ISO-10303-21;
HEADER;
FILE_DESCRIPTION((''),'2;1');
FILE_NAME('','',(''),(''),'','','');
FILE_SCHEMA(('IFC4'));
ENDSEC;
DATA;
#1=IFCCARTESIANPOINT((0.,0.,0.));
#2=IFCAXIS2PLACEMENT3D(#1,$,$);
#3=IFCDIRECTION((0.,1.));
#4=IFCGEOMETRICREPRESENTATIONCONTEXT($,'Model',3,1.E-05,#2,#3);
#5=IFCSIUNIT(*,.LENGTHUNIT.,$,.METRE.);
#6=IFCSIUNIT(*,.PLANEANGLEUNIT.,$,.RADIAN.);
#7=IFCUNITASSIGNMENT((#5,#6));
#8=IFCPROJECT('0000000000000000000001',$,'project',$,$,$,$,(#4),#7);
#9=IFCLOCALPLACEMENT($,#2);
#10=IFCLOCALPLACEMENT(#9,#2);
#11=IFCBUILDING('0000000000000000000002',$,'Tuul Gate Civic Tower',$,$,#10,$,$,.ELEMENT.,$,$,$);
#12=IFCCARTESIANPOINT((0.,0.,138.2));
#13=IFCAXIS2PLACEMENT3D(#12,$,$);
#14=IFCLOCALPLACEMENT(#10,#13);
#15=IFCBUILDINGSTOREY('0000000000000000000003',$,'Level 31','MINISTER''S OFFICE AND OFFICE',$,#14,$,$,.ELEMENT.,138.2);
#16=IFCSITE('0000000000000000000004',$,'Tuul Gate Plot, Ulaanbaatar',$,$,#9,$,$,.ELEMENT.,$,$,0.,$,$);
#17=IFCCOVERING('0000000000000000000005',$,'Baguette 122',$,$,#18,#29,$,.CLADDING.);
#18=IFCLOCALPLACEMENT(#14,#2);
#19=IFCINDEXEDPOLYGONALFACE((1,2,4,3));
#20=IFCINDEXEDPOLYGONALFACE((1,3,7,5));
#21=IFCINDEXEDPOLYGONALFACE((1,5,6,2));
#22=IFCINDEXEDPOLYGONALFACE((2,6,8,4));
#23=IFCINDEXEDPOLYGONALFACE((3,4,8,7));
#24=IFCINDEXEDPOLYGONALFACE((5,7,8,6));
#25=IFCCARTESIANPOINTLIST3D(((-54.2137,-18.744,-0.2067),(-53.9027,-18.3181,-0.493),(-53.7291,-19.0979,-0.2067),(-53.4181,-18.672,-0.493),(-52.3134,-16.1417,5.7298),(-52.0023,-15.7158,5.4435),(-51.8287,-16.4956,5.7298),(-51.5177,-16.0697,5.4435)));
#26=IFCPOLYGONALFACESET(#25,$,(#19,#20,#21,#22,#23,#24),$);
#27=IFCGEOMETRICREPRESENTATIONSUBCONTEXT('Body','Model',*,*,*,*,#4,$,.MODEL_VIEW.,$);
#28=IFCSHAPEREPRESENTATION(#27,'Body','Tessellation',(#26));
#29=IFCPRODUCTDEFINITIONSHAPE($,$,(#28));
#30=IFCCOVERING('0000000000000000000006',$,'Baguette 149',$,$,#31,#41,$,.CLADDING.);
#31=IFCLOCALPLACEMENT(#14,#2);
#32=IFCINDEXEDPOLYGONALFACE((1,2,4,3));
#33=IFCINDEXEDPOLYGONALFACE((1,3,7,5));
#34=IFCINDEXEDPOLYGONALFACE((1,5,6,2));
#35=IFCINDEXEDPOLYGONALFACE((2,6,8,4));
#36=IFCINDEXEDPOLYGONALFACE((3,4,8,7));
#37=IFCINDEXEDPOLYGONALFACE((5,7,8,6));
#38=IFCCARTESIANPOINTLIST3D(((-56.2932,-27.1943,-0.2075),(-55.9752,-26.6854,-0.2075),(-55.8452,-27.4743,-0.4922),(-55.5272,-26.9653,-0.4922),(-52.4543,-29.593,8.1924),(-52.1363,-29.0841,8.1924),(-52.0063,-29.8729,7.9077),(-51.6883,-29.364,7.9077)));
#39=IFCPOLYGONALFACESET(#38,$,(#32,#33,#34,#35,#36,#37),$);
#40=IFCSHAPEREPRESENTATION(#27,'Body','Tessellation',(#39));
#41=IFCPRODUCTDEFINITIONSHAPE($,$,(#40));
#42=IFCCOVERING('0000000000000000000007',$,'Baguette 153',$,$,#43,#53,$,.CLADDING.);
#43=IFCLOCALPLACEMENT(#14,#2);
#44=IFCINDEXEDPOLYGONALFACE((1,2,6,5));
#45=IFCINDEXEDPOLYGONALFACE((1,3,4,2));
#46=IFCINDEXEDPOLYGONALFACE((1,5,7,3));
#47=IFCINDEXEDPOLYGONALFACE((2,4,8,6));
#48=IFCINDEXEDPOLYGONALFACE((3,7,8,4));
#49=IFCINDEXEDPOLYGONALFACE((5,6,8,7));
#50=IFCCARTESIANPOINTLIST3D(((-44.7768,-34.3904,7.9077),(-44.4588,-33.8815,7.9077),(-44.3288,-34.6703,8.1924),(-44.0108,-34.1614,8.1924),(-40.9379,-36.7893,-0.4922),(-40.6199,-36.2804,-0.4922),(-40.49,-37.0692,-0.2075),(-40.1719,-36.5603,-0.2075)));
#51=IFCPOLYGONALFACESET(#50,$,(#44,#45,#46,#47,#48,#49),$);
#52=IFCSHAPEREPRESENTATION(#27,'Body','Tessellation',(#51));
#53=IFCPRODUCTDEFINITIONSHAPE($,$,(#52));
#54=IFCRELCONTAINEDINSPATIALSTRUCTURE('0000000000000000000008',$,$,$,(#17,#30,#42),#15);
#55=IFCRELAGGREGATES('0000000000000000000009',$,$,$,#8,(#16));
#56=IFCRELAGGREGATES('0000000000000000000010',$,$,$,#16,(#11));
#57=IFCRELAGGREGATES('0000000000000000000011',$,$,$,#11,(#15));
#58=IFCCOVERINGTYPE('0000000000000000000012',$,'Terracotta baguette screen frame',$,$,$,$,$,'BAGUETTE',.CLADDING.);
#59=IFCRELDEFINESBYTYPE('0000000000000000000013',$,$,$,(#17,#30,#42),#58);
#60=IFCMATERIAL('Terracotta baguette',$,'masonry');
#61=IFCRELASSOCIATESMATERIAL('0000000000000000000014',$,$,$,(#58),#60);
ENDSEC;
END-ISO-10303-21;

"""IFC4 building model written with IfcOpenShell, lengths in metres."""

from ifc_helpers import new_model, si_unit, direction, frame, origin, origin_2d, place, context, subcontext, project, spatial, rectangle, extrude, material, material_profile, profile_set, type_object, element, save


model = new_model("IFC4")

# Units and contexts
model_context = context("Model", 3, precision=1e-05, world=origin(), true_north=direction((0.0, 1.0)))
body_context = subcontext(model_context, "Body", "Model", "MODEL_VIEW")
ifc_project = project(units=[si_unit("LENGTHUNIT", "METRE"), si_unit("PLANEANGLEUNIT", "RADIAN")], contexts=[model_context])

# Site, building, storey
site_placement = place(None, origin())
site = spatial("IfcSite", under=ifc_project, at=site_placement, Name="Tuul Gate Plot, Ulaanbaatar", CompositionType="ELEMENT", RefElevation=0.0)
building_placement = place(site_placement, origin())
building = spatial("IfcBuilding", under=site, at=building_placement, Name="Tuul Gate Civic Tower", CompositionType="ELEMENT")
storey_placement = place(building_placement, frame((0.0, 0.0, 138.2)))
storey = spatial("IfcBuildingStorey", under=building, at=storey_placement, Name="Level 31", Description="MINISTER'S OFFICE AND OFFICE", CompositionType="ELEMENT", Elevation=138.2)

# Coverings
ifc_material_1 = material(Name="Terracotta baguette", Category="masonry")
ifc_material_profile_1 = material_profile(ifc_material_1, rectangle(XDim=0.6001, YDim=0.6001, at=origin_2d()), Name="Terracotta baguette screen frame")
ifc_profile_set_1 = profile_set([ifc_material_profile_1], Name="Terracotta baguette")
covering_type = type_object("IfcCoveringType", Name="Terracotta baguette screen frame", ElementType="BAGUETTE", PredefinedType="CLADDING", material=ifc_profile_set_1)
covering_placement = place(storey_placement, frame((-51.9155, -16.1057, 5.5867), z_axis=(-0.281344, -0.385258, -0.878875), x_axis=(0.807581, -0.589756, 0.0)))
element("IfcCovering", 1, at=covering_placement, inside=storey, type_object=covering_type, Name="Baguette 122", PredefinedType="CLADDING", context=body_context, shape_type="SweptSolid", body=[
    extrude(rectangle(XDim=0.6001, YDim=0.6001, at=origin_2d()), origin(), (0.0, 0.0, 1.0), 6.7546),
])
for number, where, z_axis, x_axis, name in (
    (2, (-52.0713, -29.4785, 8.05), (-0.402314, 0.251383, -0.880312), (-0.529902, -0.848059, 0.0), "Baguette 149"),
    (3, (-44.3938, -34.2759, 8.05), (0.402312, -0.251407, -0.880307), (0.529941, 0.848035, 0.0), "Baguette 153"),
):
    element("IfcCovering", number, at=place(storey_placement, frame(where, z_axis=z_axis, x_axis=x_axis)), inside=storey, type_object=covering_type, Name=name, PredefinedType="CLADDING", context=body_context, shape_type="SweptSolid", body=[
        extrude(rectangle(XDim=0.6001, YDim=0.6001, at=origin_2d()), origin(), (0.0, 0.0, 1.0), 9.542),
    ])

save(model, "model.ifc")
